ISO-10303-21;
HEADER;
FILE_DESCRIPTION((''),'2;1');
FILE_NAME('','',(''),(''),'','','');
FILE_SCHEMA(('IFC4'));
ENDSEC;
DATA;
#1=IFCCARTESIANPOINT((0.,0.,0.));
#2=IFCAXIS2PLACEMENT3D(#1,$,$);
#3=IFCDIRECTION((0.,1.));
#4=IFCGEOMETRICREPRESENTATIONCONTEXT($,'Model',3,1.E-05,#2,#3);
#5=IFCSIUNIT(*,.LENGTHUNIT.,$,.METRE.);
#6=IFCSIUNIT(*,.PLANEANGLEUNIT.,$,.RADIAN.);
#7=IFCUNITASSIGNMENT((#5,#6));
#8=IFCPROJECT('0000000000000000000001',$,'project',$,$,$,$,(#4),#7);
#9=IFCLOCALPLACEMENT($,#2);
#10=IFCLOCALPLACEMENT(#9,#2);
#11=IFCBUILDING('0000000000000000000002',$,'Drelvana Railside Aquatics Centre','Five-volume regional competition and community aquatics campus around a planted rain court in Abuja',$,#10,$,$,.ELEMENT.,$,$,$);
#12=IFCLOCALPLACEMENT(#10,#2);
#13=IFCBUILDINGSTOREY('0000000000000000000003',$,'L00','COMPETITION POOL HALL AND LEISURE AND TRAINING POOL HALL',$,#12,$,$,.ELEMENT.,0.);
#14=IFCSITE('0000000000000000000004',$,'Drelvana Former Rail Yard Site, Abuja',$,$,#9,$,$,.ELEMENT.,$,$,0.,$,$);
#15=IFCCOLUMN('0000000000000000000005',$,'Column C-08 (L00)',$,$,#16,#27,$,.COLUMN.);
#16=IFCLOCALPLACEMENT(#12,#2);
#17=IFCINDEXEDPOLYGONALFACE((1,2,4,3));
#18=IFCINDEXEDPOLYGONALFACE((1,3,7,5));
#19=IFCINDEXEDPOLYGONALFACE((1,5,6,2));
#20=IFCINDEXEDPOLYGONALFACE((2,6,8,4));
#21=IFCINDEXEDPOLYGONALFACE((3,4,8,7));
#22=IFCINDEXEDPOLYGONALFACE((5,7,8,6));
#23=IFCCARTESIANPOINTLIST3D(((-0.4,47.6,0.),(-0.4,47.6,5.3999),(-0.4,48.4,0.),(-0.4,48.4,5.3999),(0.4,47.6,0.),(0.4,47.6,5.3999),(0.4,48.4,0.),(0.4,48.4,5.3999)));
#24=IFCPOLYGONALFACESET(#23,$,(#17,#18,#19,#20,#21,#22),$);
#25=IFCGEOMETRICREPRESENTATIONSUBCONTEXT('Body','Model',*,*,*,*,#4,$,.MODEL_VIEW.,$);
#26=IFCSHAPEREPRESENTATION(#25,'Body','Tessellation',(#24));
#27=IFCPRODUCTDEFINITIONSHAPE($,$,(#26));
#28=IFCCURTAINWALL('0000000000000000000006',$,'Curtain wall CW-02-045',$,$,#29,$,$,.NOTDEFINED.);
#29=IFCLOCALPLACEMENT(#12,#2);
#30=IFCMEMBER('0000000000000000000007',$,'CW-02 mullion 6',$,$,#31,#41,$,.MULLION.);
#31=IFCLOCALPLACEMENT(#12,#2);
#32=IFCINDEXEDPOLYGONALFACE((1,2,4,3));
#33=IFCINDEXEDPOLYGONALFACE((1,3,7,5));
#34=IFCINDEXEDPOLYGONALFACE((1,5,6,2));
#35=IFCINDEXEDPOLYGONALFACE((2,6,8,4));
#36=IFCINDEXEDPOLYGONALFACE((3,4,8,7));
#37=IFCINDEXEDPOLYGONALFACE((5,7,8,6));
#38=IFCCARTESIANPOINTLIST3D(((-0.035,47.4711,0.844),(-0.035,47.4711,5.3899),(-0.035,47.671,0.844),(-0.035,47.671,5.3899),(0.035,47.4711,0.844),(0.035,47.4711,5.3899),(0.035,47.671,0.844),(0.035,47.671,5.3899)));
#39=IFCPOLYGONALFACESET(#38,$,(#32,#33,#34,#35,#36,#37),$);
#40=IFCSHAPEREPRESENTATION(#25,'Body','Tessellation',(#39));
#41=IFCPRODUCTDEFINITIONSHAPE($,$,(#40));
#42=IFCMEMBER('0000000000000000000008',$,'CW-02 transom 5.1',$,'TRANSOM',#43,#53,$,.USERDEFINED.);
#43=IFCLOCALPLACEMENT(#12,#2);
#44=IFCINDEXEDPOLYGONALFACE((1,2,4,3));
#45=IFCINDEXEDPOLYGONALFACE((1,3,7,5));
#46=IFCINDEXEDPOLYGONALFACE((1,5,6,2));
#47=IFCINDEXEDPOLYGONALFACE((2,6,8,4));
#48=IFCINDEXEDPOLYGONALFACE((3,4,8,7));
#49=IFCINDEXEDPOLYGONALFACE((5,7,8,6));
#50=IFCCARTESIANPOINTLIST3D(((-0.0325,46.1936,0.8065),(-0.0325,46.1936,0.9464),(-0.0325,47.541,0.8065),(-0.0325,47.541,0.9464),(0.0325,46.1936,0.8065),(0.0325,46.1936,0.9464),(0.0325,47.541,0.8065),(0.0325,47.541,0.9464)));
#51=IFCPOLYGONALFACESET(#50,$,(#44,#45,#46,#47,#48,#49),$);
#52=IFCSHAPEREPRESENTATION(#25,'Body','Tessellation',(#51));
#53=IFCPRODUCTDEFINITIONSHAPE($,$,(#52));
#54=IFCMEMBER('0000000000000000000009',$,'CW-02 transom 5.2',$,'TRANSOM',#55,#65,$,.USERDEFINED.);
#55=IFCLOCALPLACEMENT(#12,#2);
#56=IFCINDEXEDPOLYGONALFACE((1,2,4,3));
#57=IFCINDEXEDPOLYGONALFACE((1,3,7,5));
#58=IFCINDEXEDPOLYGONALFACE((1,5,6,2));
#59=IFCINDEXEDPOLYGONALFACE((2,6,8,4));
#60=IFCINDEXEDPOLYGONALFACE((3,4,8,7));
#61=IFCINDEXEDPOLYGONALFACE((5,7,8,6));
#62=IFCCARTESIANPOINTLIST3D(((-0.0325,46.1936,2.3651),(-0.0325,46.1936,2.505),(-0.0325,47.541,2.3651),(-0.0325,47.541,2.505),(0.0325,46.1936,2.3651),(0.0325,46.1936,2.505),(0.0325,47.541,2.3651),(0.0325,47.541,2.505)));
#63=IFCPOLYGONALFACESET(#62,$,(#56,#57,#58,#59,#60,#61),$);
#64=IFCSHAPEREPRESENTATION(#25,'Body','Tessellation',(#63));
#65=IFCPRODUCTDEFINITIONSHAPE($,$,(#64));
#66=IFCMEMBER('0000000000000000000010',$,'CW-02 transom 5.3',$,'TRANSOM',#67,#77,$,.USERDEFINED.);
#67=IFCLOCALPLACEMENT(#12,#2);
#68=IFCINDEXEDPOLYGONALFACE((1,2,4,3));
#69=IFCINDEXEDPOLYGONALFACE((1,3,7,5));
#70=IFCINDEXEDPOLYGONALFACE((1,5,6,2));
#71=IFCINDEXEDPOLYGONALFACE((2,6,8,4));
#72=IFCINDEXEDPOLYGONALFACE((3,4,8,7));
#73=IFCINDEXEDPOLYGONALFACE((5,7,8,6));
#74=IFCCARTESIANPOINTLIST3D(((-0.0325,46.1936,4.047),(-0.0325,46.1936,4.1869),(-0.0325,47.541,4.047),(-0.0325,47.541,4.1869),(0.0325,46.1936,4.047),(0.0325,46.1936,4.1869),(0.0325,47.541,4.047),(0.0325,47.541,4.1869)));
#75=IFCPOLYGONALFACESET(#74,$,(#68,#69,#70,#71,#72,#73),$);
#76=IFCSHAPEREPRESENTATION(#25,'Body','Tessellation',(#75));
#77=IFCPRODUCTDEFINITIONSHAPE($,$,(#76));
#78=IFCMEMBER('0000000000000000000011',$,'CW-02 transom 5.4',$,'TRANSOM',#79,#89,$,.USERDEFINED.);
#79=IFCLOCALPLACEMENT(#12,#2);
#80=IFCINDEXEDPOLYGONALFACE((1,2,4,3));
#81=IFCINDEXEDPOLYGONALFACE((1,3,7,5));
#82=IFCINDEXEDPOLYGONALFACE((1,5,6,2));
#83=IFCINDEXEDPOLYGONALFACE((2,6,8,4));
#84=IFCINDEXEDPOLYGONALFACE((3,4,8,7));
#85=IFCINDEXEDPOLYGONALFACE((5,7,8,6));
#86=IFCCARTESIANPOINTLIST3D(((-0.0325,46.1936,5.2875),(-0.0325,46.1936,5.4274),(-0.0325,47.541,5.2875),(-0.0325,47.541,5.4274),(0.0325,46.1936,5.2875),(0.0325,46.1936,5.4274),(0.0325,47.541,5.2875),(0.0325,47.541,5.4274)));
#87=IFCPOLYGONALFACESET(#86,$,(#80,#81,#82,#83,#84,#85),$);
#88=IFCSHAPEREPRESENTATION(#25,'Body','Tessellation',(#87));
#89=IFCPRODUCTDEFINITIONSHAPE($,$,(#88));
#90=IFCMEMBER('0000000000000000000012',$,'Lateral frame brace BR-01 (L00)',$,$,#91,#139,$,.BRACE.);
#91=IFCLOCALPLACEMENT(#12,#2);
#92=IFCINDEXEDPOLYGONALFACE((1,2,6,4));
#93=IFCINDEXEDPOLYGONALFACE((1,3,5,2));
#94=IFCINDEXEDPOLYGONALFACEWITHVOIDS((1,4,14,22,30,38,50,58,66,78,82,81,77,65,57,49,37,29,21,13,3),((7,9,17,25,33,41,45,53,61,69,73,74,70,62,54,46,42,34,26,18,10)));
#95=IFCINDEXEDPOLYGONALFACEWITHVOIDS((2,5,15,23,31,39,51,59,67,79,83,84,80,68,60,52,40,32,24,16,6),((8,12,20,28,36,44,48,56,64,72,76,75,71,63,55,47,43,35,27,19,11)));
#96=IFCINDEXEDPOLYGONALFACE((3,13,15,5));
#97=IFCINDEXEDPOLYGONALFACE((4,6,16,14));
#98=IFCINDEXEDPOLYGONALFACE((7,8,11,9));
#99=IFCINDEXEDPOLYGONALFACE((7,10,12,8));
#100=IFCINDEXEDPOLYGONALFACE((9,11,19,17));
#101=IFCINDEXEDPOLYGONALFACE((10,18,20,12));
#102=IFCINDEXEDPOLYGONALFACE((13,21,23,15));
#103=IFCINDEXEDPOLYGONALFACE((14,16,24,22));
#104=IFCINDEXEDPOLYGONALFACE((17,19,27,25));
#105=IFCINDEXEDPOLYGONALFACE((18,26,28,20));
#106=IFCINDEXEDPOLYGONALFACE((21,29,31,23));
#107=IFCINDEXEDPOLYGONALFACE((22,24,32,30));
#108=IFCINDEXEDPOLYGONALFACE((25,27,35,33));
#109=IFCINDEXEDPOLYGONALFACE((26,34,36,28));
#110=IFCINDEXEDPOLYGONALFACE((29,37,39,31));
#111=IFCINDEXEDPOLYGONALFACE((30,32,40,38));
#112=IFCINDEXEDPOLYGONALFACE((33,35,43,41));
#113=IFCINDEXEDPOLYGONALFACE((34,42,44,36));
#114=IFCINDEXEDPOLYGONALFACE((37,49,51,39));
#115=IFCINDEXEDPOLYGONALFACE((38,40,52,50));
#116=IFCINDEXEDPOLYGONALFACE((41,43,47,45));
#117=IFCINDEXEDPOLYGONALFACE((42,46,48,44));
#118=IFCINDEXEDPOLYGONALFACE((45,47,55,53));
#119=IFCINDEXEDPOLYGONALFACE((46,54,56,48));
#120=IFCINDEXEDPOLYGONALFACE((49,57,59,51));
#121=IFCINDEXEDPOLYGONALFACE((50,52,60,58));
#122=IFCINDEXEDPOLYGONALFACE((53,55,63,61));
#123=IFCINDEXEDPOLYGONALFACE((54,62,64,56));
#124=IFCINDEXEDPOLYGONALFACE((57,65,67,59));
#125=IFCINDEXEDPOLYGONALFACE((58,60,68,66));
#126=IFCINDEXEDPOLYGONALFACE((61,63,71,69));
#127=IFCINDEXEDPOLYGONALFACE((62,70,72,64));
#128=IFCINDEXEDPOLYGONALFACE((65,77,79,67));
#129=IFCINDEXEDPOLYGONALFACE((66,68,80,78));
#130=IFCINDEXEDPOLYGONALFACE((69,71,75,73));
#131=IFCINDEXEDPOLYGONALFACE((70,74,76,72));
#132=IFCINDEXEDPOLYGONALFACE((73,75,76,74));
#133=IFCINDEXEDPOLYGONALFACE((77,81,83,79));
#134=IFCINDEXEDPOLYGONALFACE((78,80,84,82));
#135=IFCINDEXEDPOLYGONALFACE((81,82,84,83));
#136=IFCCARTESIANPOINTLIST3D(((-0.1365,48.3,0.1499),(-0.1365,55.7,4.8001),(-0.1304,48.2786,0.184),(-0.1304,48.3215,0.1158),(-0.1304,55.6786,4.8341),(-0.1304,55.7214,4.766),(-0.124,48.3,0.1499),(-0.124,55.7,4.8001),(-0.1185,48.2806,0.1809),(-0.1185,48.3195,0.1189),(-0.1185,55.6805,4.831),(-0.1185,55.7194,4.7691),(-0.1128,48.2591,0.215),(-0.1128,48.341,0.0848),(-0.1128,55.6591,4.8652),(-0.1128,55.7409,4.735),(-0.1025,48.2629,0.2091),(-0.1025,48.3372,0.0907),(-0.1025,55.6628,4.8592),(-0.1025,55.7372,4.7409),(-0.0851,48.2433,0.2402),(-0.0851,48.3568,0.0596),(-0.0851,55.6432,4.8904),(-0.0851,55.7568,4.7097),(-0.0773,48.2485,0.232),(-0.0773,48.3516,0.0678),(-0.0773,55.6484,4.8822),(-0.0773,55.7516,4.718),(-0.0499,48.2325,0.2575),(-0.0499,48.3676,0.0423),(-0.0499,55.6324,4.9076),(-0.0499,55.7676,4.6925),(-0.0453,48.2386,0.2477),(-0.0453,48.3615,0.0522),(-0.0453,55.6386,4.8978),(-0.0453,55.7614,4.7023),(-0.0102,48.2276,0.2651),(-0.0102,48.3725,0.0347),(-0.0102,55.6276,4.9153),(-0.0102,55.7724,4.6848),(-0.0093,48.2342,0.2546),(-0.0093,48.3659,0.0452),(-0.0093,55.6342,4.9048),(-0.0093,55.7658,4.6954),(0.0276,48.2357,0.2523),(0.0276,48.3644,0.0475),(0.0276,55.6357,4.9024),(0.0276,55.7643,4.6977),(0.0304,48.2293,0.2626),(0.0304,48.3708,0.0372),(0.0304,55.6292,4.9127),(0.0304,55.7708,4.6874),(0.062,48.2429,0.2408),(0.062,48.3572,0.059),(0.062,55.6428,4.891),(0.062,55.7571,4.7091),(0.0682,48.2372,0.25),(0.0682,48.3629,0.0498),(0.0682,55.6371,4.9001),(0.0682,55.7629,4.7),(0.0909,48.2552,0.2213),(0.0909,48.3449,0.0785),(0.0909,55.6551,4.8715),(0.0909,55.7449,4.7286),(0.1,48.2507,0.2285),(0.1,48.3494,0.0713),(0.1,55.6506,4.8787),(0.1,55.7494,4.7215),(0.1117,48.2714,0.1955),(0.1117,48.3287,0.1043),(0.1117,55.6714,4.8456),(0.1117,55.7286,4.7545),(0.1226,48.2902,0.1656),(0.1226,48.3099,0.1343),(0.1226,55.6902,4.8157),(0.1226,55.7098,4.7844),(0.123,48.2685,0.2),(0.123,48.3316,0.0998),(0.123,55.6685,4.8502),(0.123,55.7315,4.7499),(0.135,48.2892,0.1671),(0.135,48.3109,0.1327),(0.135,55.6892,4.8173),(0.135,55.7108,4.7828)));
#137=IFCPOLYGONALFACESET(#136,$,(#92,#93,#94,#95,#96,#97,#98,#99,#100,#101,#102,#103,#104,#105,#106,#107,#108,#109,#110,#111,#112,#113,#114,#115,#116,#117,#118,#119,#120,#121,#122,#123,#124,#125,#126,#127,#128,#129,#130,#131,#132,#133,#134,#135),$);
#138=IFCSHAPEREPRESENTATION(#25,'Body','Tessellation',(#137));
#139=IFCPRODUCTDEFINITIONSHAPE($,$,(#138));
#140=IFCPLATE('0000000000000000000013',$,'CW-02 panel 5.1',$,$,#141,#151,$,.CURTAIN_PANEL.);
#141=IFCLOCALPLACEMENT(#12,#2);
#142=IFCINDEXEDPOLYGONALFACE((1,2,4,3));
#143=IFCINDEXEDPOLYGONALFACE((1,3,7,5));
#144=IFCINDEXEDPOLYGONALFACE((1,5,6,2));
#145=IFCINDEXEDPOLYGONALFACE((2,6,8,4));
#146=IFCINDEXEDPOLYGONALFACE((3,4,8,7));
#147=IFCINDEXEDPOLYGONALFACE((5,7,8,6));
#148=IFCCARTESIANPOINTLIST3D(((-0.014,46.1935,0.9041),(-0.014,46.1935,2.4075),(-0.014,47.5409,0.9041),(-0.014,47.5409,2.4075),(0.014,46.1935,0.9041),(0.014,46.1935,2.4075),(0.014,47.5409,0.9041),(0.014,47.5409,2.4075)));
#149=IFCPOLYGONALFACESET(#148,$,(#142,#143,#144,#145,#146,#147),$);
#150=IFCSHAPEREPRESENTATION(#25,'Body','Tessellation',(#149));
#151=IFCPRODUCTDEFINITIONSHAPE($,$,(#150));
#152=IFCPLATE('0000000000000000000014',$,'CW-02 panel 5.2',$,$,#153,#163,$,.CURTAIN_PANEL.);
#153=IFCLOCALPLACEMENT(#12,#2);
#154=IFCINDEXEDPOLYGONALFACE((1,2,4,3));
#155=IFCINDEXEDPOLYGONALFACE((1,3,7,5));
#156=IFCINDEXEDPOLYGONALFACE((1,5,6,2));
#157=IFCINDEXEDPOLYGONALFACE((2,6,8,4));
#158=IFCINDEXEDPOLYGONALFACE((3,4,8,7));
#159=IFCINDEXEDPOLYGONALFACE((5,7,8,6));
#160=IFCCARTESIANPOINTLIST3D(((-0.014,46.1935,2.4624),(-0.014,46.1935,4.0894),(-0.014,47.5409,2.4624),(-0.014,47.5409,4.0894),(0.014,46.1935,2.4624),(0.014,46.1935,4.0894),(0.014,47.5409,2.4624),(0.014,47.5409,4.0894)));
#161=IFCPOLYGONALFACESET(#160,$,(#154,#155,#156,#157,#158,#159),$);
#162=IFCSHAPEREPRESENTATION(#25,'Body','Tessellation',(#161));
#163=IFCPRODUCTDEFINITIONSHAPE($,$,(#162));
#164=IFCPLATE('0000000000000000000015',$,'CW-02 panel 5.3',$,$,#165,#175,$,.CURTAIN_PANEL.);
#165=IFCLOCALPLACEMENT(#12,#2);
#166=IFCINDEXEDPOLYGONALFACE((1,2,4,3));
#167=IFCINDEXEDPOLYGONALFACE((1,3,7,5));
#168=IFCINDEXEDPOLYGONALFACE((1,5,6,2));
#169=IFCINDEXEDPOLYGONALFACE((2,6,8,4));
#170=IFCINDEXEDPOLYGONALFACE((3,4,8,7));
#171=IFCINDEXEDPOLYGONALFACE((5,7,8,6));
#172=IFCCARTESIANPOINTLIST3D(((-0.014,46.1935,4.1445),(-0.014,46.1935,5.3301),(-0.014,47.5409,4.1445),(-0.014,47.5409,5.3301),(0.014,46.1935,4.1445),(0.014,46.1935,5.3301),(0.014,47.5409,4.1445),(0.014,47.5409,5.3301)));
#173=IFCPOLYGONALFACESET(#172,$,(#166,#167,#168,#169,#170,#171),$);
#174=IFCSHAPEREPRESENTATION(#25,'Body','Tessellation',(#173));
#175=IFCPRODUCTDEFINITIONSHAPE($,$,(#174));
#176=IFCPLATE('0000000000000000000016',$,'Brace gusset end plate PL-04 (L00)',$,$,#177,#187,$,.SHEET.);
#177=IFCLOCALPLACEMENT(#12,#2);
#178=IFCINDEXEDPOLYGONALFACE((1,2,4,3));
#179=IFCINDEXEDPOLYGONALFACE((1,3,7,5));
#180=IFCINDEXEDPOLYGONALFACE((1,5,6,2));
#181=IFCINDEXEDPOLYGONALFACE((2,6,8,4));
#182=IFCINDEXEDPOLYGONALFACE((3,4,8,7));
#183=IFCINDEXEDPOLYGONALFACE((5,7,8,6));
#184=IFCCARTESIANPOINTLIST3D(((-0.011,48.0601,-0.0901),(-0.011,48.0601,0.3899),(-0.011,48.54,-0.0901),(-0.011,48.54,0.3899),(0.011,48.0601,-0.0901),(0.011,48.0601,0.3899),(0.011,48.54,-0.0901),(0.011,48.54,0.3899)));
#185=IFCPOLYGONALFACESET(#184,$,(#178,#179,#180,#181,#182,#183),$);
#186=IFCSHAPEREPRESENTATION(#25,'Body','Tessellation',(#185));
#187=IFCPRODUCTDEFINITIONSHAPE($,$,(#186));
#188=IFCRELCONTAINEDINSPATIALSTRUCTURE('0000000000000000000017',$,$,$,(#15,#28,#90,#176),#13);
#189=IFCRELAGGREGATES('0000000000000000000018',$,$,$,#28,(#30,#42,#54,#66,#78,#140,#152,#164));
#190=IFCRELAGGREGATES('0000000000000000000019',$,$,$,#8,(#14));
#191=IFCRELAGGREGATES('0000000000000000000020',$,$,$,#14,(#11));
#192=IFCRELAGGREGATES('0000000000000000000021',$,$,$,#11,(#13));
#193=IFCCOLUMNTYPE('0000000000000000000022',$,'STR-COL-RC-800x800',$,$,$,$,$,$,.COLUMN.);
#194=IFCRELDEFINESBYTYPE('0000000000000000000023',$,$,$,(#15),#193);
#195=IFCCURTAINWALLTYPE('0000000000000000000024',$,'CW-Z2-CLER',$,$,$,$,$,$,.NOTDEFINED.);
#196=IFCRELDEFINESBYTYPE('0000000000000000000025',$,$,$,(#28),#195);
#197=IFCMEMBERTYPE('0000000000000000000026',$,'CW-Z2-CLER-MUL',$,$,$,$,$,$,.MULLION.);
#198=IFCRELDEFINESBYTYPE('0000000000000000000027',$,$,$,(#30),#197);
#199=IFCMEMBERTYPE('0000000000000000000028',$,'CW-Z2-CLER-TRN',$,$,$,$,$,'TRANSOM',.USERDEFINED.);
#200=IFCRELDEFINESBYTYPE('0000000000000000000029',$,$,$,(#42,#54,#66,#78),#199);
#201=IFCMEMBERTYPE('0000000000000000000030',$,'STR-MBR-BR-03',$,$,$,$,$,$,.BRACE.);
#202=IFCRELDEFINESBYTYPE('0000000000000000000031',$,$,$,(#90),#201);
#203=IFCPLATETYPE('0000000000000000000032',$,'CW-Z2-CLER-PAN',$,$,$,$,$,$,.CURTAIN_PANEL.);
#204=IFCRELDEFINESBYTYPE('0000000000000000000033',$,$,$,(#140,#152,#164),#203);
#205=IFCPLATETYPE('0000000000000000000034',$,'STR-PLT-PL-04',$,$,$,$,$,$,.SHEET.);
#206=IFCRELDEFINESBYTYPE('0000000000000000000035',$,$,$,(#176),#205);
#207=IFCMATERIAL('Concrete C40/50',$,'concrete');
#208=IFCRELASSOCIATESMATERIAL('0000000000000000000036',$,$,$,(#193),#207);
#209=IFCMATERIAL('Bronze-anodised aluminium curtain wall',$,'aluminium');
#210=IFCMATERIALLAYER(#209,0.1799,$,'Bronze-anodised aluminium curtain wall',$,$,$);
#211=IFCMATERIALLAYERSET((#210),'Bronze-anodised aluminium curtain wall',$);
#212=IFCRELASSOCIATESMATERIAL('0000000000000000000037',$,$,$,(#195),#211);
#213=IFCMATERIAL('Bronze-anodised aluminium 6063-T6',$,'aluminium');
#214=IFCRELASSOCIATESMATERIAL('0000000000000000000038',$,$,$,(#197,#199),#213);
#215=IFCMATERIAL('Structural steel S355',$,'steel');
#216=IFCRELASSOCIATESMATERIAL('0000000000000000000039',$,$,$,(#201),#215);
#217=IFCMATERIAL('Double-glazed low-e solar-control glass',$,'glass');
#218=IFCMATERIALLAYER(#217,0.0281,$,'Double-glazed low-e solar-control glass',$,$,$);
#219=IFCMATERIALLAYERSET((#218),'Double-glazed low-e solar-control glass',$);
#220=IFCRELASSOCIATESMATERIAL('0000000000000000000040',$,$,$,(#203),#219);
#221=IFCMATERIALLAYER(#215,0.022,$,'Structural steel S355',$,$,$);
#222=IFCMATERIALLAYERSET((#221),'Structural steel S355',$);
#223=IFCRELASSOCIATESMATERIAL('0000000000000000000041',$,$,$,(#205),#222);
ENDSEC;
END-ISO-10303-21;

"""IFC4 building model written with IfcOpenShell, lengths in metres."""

from ifc_helpers import new_model, si_unit, direction, frame, origin, origin_2d, place, context, subcontext, project, spatial, rectangle, hollow_circle, extrude, material, layer, layer_set, material_profile, profile_set, type_object, element, aggregate, save


model = new_model("IFC4")

# Units and contexts
model_context = context("Model", 3, precision=1e-05, world=origin(), true_north=direction((0.0, 1.0)))
body_context = subcontext(model_context, "Body", "Model", "MODEL_VIEW")
ifc_project = project(units=[si_unit("LENGTHUNIT", "METRE"), si_unit("PLANEANGLEUNIT", "RADIAN")], contexts=[model_context])

# Site, building, storey
site_placement = place(None, origin())
site = spatial("IfcSite", under=ifc_project, at=site_placement, Name="Drelvana Former Rail Yard Site, Abuja", CompositionType="ELEMENT", RefElevation=0.0)
building_placement = place(site_placement, origin())
building = spatial("IfcBuilding", under=site, at=building_placement, Name="Drelvana Railside Aquatics Centre", Description="Five-volume regional competition and community aquatics campus around a planted rain court in Abuja", CompositionType="ELEMENT")
storey_placement = place(building_placement, origin())
storey = spatial("IfcBuildingStorey", under=building, at=storey_placement, Name="L00", Description="COMPETITION POOL HALL AND LEISURE AND TRAINING POOL HALL", CompositionType="ELEMENT", Elevation=0.0)

# Column
ifc_material_1 = material(Name="Concrete C40/50", Category="concrete")
ifc_material_profile_1 = material_profile(ifc_material_1, rectangle(XDim=0.8, YDim=0.8, at=origin_2d()), Name="RC 800x800")
ifc_profile_set_1 = profile_set([ifc_material_profile_1], Name="Concrete C40/50")
column_type = type_object("IfcColumnType", Name="STR-COL-RC-800x800", PredefinedType="COLUMN", material=ifc_profile_set_1)
column_placement = place(storey_placement, frame((0.0, 48.0, 0.0), z_axis=(0.0, 0.0, 1.0), x_axis=(1.0, 0.0, 0.0)))
element("IfcColumn", 1, at=column_placement, inside=storey, type_object=column_type, Name="Column C-08 (L00)", PredefinedType="COLUMN", context=body_context, shape_type="SweptSolid", body=[
    extrude(rectangle(XDim=0.8, YDim=0.8, at=origin_2d()), origin(), (0.0, 0.0, 1.0), 5.3999),
])

# Curtain wall, members
ifc_material_2 = material(Name="Bronze-anodised aluminium curtain wall", Category="aluminium")
ifc_layer_1 = layer(ifc_material_2, 0.1799, Name="Bronze-anodised aluminium curtain wall")
ifc_layer_set_1 = layer_set([ifc_layer_1], Name="Bronze-anodised aluminium curtain wall")
curtain_wall_type = type_object("IfcCurtainWallType", Name="CW-Z2-CLER", PredefinedType="NOTDEFINED", material=ifc_layer_set_1)
curtain_wall_placement = place(storey_placement, origin())
curtain_wall = element("IfcCurtainWall", 2, at=curtain_wall_placement, inside=storey, type_object=curtain_wall_type, Name="Curtain wall CW-02-045", PredefinedType="NOTDEFINED")
ifc_material_3 = material(Name="Bronze-anodised aluminium 6063-T6", Category="aluminium")
ifc_material_profile_2 = material_profile(ifc_material_3, rectangle(XDim=0.0701, YDim=0.2, at=origin_2d()), Name="ALU-M 70x200")
ifc_profile_set_2 = profile_set([ifc_material_profile_2], Name="Bronze-anodised aluminium 6063-T6")
member_type_1 = type_object("IfcMemberType", Name="CW-Z2-CLER-MUL", PredefinedType="MULLION", material=ifc_profile_set_2)
member_1_placement = place(storey_placement, frame((0.0, 47.571, 0.844), z_axis=(0.0, 0.0, 1.0), x_axis=(-1.0, 0.0, 0.0)))
member_1 = element("IfcMember", 3, at=member_1_placement, type_object=member_type_1, Name="CW-02 mullion 6", PredefinedType="MULLION", context=body_context, shape_type="SweptSolid", body=[
    extrude(rectangle(XDim=0.0701, YDim=0.2, at=origin_2d()), origin(), (0.0, 0.0, 1.0), 4.5459),
])
ifc_material_profile_3 = material_profile(ifc_material_3, rectangle(XDim=0.1399, YDim=0.0649, at=origin_2d()), Name="ALU-T 65x140")
ifc_profile_set_3 = profile_set([ifc_material_profile_3], Name="Bronze-anodised aluminium 6063-T6")
member_type_2 = type_object("IfcMemberType", Name="CW-Z2-CLER-TRN", ElementType="TRANSOM", PredefinedType="USERDEFINED", material=ifc_profile_set_3)
member_2_placement = place(storey_placement, frame((0.0, 46.1936, 0.8765), z_axis=(0.0, 1.0, 0.0), x_axis=(0.0, 0.0, 1.0)))
member_2 = element("IfcMember", 4, at=member_2_placement, type_object=member_type_2, Name="CW-02 transom 5.1", ObjectType="TRANSOM", PredefinedType="USERDEFINED", context=body_context, shape_type="SweptSolid", body=[
    extrude(rectangle(XDim=0.1399, YDim=0.0649, at=origin_2d()), origin(), (0.0, 0.0, 1.0), 1.3474),
])
member_3_placement = place(storey_placement, frame((0.0, 46.1936, 2.4351), z_axis=(0.0, 1.0, 0.0), x_axis=(0.0, 0.0, 1.0)))
member_3 = element("IfcMember", 5, at=member_3_placement, type_object=member_type_2, Name="CW-02 transom 5.2", ObjectType="TRANSOM", PredefinedType="USERDEFINED", context=body_context, shape_type="SweptSolid", body=[
    extrude(rectangle(XDim=0.1399, YDim=0.0649, at=origin_2d()), origin(), (0.0, 0.0, 1.0), 1.3474),
])
member_4_placement = place(storey_placement, frame((0.0, 46.1936, 4.1169), z_axis=(0.0, 1.0, 0.0), x_axis=(0.0, 0.0, 1.0)))
member_4 = element("IfcMember", 6, at=member_4_placement, type_object=member_type_2, Name="CW-02 transom 5.3", ObjectType="TRANSOM", PredefinedType="USERDEFINED", context=body_context, shape_type="SweptSolid", body=[
    extrude(rectangle(XDim=0.1399, YDim=0.0649, at=origin_2d()), origin(), (0.0, 0.0, 1.0), 1.3474),
])
member_5_placement = place(storey_placement, frame((0.0, 46.1936, 5.3574), z_axis=(0.0, 1.0, 0.0), x_axis=(0.0, 0.0, 1.0)))
member_5 = element("IfcMember", 7, at=member_5_placement, type_object=member_type_2, Name="CW-02 transom 5.4", ObjectType="TRANSOM", PredefinedType="USERDEFINED", context=body_context, shape_type="SweptSolid", body=[
    extrude(rectangle(XDim=0.1399, YDim=0.0649, at=origin_2d()), origin(), (0.0, 0.0, 1.0), 1.3474),
])

# Member
ifc_material_4 = material(Name="Structural steel S355", Category="steel")
ifc_material_profile_4 = material_profile(ifc_material_4, hollow_circle(Radius=0.1365, WallThickness=0.0125, at=origin_2d()), Name="CHS 273x12.5")
ifc_profile_set_4 = profile_set([ifc_material_profile_4], Name="Structural steel S355")
member_type_3 = type_object("IfcMemberType", Name="STR-MBR-BR-03", PredefinedType="BRACE", material=ifc_profile_set_4)
member_6_placement = place(storey_placement, frame((0.0, 48.3, 0.1499), z_axis=(0.0, 0.846699, 0.532071), x_axis=(-1.0, 0.0, 0.0)))
element("IfcMember", 8, at=member_6_placement, inside=storey, type_object=member_type_3, Name="Lateral frame brace BR-01 (L00)", PredefinedType="BRACE", context=body_context, shape_type="SweptSolid", body=[
    extrude(hollow_circle(Radius=0.1365, WallThickness=0.0125, at=origin_2d()), origin(), (0.0, 0.0, 1.0), 8.7397),
])

# Plates
ifc_material_5 = material(Name="Double-glazed low-e solar-control glass", Category="glass")
ifc_layer_2 = layer(ifc_material_5, 0.0281, Name="Double-glazed low-e solar-control glass")
ifc_layer_set_2 = layer_set([ifc_layer_2], Name="Double-glazed low-e solar-control glass")
plate_type_1 = type_object("IfcPlateType", Name="CW-Z2-CLER-PAN", PredefinedType="CURTAIN_PANEL", material=ifc_layer_set_2)
plate_1_placement = place(storey_placement, frame((0.0, 46.8672, 0.9041), z_axis=(0.0, 0.0, 1.0), x_axis=(0.0, 1.0, 0.0)))
plate_1 = element("IfcPlate", 9, at=plate_1_placement, type_object=plate_type_1, Name="CW-02 panel 5.1", PredefinedType="CURTAIN_PANEL", context=body_context, shape_type="SweptSolid", body=[
    extrude(rectangle(XDim=1.3474, YDim=0.0281, at=origin_2d()), origin(), (0.0, 0.0, 1.0), 1.5034),
])
plate_2_placement = place(storey_placement, frame((0.0, 46.8672, 2.4624), z_axis=(0.0, 0.0, 1.0), x_axis=(0.0, 1.0, 0.0)))
plate_2 = element("IfcPlate", 10, at=plate_2_placement, type_object=plate_type_1, Name="CW-02 panel 5.2", PredefinedType="CURTAIN_PANEL", context=body_context, shape_type="SweptSolid", body=[
    extrude(rectangle(XDim=1.3474, YDim=0.0281, at=origin_2d()), origin(), (0.0, 0.0, 1.0), 1.627),
])
plate_3_placement = place(storey_placement, frame((0.0, 46.8672, 4.1445), z_axis=(0.0, 0.0, 1.0), x_axis=(0.0, 1.0, 0.0)))
plate_3 = element("IfcPlate", 11, at=plate_3_placement, type_object=plate_type_1, Name="CW-02 panel 5.3", PredefinedType="CURTAIN_PANEL", context=body_context, shape_type="SweptSolid", body=[
    extrude(rectangle(XDim=1.3474, YDim=0.0281, at=origin_2d()), origin(), (0.0, 0.0, 1.0), 1.1855),
])
aggregate(curtain_wall, [member_1, member_2, member_3, member_4, member_5, plate_1, plate_2, plate_3])
ifc_layer_3 = layer(ifc_material_4, 0.022, Name="Structural steel S355")
ifc_layer_set_3 = layer_set([ifc_layer_3], Name="Structural steel S355")
plate_type_2 = type_object("IfcPlateType", Name="STR-PLT-PL-04", PredefinedType="SHEET", material=ifc_layer_set_3)
plate_4_placement = place(storey_placement, frame((0.0, 48.3, -0.0901), z_axis=(0.0, 0.0, 1.0), x_axis=(1.0, 0.0, 0.0)))
element("IfcPlate", 12, at=plate_4_placement, inside=storey, type_object=plate_type_2, Name="Brace gusset end plate PL-04 (L00)", PredefinedType="SHEET", context=body_context, shape_type="SweptSolid", body=[
    extrude(rectangle(XDim=0.022, YDim=0.48, at=origin_2d()), origin(), (0.0, 0.0, 1.0), 0.48),
])

save(model, "model.ifc")
